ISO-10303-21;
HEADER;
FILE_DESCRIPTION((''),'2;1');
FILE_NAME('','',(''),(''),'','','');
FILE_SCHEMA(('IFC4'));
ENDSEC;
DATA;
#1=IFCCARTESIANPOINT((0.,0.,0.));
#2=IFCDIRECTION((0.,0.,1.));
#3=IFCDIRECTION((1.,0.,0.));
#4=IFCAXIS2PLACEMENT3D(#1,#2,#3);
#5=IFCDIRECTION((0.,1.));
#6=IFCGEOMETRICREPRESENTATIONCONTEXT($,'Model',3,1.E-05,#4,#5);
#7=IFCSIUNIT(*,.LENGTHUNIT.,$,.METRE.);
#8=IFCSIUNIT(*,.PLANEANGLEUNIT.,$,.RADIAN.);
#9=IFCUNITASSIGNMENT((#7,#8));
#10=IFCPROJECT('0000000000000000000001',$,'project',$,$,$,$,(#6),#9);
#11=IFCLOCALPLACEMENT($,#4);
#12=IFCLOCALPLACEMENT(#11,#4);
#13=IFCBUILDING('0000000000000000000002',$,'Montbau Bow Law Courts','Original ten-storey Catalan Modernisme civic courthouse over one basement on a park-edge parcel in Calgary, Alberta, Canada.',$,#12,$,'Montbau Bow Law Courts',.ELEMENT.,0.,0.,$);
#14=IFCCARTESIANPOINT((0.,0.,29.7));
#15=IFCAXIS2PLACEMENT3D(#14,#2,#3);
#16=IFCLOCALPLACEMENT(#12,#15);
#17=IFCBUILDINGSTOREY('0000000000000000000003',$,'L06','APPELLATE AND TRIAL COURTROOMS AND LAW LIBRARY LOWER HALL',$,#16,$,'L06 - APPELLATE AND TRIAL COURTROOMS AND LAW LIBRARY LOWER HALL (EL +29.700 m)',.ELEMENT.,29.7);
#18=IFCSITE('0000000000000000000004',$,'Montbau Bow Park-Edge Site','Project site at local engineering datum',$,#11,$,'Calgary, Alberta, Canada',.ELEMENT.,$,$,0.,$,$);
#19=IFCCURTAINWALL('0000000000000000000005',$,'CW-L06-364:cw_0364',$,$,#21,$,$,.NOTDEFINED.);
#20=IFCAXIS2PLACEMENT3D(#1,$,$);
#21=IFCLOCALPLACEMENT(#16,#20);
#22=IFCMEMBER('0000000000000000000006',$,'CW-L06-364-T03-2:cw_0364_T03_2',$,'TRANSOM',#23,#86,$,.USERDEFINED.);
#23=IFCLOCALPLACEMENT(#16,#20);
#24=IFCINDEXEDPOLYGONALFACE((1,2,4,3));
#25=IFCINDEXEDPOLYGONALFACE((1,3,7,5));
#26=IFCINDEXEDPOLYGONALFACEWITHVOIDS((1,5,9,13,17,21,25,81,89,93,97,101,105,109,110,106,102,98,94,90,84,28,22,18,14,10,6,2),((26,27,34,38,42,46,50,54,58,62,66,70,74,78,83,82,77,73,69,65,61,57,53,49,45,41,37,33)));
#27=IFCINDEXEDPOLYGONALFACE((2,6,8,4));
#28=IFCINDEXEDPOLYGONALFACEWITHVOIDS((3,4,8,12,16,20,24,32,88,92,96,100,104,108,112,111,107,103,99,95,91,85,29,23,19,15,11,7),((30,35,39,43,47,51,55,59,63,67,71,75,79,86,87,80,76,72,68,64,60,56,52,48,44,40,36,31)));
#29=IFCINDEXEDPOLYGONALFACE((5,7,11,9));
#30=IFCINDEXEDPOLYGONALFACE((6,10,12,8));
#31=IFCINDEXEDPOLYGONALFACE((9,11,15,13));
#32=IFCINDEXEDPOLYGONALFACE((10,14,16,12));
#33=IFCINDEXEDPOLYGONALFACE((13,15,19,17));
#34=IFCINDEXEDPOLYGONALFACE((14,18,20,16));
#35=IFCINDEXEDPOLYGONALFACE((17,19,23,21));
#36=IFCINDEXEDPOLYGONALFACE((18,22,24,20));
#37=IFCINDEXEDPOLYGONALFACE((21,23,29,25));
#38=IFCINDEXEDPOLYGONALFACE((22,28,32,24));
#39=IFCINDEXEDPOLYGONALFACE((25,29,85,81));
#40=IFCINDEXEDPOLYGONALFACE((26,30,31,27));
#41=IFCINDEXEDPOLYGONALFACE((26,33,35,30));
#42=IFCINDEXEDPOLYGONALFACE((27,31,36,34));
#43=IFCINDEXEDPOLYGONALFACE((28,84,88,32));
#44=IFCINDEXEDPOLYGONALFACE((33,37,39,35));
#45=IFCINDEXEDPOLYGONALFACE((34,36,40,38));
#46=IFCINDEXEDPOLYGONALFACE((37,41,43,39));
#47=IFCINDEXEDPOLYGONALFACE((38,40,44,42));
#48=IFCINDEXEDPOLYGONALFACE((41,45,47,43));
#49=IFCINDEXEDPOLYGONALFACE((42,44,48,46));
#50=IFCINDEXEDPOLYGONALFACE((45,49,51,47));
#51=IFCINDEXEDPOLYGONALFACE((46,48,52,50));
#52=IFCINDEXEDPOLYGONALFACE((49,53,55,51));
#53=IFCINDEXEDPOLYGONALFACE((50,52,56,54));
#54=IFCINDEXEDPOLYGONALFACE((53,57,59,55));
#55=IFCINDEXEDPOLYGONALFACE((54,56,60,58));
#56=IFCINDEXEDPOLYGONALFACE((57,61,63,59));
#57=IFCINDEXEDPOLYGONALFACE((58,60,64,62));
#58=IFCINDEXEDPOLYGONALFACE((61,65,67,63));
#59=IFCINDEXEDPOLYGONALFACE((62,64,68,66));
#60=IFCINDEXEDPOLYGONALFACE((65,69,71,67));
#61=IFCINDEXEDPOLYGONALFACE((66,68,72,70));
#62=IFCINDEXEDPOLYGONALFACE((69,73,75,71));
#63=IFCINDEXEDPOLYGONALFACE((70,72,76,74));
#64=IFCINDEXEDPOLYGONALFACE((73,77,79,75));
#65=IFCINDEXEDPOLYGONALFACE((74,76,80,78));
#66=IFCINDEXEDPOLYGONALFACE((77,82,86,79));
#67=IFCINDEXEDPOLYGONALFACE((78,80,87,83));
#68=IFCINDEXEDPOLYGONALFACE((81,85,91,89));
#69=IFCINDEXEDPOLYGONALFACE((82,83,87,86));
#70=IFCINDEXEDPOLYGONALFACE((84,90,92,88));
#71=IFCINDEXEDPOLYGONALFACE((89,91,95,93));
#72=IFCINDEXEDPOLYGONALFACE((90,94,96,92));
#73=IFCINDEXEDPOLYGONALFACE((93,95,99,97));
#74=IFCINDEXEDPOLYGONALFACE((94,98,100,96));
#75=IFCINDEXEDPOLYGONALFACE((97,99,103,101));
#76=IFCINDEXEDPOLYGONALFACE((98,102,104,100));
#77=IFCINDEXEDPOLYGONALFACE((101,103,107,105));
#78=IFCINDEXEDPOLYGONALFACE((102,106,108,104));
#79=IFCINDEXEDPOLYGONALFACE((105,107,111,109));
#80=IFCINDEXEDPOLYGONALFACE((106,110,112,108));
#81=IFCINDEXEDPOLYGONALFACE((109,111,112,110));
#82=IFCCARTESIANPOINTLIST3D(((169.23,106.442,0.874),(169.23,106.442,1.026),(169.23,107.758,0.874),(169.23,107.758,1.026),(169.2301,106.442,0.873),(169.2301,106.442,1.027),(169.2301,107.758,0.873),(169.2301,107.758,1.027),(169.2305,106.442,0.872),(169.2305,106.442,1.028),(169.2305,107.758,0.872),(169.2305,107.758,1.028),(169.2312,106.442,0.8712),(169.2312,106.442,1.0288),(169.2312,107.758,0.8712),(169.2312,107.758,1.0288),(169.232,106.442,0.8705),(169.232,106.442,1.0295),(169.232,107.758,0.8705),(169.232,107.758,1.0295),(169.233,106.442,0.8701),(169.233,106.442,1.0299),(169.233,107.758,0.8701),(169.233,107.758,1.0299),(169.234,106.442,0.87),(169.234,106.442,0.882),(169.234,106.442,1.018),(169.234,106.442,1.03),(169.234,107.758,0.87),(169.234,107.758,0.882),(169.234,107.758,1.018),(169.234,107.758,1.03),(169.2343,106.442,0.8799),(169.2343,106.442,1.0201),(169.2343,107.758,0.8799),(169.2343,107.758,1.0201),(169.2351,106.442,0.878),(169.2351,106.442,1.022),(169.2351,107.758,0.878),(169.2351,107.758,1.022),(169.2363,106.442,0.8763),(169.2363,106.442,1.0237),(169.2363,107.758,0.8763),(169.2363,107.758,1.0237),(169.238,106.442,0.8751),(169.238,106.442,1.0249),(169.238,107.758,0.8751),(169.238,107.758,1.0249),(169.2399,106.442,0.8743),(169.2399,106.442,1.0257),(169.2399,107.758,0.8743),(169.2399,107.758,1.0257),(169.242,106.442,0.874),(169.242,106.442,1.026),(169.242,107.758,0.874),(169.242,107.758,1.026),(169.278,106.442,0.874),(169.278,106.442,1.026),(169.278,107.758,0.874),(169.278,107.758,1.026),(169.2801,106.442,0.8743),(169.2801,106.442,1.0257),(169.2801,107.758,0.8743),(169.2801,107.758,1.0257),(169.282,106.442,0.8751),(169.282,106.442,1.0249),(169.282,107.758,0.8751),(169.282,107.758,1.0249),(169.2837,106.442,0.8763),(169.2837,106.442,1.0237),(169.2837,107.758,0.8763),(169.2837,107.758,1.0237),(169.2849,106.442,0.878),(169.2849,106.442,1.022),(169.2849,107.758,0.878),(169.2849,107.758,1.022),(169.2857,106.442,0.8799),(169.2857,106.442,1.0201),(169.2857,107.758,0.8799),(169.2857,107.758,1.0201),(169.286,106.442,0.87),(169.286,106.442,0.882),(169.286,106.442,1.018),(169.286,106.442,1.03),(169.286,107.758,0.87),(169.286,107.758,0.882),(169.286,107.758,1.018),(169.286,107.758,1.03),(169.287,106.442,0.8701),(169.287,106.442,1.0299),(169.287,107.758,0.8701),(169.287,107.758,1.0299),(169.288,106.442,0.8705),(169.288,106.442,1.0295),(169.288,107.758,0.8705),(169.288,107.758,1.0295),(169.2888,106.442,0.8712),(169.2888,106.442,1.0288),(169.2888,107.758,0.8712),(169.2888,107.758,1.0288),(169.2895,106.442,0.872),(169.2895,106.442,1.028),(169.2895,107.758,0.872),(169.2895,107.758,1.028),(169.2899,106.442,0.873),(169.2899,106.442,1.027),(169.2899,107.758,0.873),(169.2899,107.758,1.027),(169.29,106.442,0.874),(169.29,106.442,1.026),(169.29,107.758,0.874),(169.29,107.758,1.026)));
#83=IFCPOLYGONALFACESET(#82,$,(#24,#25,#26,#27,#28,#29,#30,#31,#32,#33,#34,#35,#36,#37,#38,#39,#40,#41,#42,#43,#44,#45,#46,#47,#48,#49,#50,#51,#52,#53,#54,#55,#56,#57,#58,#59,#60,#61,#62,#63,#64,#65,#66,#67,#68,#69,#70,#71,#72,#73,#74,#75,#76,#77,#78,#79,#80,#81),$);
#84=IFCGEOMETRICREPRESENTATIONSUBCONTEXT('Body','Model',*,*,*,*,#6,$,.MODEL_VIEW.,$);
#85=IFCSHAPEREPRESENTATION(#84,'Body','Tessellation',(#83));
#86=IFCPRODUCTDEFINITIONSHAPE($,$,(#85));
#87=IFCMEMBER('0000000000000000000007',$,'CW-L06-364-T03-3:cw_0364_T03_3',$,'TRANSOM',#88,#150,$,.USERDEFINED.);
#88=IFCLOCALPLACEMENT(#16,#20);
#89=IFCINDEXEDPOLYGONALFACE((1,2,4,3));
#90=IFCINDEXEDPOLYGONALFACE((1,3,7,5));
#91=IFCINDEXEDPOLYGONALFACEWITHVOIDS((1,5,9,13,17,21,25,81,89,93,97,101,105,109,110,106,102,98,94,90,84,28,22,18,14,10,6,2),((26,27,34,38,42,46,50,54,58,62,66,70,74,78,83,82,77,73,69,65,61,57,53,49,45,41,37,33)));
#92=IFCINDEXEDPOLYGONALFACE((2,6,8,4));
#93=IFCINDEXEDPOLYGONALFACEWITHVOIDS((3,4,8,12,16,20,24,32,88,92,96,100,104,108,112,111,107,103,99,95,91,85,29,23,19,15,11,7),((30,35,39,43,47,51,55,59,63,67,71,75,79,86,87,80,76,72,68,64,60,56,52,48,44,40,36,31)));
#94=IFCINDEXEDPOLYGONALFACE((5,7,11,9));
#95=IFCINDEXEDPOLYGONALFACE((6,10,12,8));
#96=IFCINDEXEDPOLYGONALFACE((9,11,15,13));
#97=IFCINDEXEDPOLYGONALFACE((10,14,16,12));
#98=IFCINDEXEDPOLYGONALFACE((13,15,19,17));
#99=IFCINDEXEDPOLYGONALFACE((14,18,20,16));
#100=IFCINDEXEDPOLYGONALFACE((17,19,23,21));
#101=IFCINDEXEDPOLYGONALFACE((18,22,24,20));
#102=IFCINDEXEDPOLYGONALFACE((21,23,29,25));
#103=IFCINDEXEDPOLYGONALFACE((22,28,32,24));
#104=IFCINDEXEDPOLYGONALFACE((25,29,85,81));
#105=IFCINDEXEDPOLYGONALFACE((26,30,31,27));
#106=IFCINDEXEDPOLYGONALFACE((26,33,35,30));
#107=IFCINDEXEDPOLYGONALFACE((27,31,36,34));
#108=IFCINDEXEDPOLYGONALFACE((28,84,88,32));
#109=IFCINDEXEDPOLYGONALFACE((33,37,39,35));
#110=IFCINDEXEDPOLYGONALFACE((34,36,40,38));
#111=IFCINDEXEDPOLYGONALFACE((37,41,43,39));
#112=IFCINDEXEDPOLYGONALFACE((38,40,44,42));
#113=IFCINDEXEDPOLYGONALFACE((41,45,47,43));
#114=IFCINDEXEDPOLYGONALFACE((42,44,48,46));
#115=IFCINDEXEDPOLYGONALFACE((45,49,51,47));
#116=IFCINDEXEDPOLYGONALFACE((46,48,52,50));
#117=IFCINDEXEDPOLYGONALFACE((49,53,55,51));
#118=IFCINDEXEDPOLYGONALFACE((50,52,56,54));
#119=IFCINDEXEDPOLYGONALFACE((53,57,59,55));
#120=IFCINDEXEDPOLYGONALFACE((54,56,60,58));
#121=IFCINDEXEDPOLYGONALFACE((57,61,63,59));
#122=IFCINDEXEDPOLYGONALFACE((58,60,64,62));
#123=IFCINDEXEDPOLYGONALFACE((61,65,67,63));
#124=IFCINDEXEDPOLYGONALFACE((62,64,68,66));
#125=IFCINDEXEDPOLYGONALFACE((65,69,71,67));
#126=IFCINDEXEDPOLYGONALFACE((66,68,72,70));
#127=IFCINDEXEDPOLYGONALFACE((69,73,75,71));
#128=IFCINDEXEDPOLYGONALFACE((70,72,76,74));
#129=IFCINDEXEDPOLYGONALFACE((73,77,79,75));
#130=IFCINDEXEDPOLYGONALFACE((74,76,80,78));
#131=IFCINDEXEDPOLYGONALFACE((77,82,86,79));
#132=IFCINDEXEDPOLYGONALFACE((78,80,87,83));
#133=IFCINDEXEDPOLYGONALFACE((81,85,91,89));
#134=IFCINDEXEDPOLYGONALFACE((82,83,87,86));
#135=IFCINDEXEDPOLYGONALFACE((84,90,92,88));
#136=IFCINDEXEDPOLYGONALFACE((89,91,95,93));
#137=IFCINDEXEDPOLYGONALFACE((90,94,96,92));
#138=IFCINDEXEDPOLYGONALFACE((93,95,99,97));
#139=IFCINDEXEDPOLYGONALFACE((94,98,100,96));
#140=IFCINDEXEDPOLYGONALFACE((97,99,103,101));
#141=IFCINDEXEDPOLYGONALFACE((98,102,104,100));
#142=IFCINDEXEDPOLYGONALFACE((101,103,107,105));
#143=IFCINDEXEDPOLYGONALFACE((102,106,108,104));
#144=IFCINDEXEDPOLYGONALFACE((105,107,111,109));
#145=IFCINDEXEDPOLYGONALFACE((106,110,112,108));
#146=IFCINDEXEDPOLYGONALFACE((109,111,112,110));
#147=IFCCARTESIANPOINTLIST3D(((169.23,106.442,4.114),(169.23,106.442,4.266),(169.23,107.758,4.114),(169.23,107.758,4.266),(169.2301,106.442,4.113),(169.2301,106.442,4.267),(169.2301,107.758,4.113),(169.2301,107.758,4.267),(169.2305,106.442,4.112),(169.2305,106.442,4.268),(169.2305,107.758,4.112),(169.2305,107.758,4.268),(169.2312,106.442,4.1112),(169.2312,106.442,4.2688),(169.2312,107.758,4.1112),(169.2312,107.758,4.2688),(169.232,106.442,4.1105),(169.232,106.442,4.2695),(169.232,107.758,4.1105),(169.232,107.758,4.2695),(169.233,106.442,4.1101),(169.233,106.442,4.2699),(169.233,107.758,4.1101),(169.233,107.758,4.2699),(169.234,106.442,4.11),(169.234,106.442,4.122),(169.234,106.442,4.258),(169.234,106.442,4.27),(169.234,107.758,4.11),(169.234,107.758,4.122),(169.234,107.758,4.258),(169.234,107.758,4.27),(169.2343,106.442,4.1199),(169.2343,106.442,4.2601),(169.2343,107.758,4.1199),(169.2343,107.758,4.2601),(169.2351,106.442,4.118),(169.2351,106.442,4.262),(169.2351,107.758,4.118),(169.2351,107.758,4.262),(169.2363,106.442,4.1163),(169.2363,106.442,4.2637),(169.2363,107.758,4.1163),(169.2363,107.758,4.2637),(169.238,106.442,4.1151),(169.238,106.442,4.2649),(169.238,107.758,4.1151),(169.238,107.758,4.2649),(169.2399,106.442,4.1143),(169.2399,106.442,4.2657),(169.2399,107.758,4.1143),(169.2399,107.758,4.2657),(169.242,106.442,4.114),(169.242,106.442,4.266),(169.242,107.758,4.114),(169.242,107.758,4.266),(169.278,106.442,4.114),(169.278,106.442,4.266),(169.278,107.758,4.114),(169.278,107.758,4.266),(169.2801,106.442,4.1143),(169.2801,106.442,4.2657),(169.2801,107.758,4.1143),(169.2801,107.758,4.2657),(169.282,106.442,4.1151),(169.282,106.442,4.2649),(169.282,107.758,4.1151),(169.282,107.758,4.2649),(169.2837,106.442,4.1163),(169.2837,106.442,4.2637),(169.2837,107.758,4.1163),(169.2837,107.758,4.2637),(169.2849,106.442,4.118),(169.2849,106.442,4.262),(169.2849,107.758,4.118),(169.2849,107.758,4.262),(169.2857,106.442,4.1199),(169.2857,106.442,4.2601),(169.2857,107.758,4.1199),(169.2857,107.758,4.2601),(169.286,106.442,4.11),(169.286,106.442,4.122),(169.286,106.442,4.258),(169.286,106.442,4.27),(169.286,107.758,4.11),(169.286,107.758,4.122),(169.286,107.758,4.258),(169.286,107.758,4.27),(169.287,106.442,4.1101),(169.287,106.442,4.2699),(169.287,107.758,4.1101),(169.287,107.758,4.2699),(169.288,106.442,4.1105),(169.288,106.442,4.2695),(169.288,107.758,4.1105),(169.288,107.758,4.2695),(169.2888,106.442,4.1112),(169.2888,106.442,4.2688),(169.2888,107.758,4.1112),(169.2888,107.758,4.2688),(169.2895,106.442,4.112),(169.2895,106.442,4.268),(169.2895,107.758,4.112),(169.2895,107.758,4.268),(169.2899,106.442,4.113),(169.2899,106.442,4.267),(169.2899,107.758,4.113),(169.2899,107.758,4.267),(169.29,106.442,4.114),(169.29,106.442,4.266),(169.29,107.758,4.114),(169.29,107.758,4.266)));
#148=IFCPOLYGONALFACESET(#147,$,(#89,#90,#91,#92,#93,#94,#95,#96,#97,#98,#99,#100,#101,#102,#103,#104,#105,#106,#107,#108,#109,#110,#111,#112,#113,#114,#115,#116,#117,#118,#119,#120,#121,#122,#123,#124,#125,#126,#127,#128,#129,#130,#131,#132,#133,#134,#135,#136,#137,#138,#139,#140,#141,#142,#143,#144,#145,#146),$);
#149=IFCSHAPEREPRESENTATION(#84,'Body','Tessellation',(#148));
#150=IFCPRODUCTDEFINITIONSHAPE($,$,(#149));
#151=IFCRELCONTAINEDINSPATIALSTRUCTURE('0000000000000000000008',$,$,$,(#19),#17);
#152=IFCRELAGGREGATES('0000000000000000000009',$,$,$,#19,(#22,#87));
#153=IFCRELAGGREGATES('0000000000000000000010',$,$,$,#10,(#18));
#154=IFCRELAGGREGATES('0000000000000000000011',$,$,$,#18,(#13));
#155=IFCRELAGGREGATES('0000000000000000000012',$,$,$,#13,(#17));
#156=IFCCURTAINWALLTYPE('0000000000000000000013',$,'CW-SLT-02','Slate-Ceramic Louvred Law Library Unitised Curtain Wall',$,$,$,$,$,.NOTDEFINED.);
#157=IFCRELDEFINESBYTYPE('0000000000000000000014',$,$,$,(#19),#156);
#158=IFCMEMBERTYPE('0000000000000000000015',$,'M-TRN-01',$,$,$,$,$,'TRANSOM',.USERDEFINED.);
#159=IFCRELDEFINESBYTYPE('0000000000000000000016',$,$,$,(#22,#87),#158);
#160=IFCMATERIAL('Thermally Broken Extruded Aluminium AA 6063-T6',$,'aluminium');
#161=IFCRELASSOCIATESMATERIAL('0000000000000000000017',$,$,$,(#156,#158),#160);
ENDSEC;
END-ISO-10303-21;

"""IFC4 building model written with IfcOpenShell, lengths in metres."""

from ifc_helpers import new_model, si_unit, direction, frame, origin_with_axes, origin_2d_with_axis, place, context, subcontext, project, spatial, hollow_rectangle, extrude, material, material_profile, profile_set, type_object, element, aggregate, save


model = new_model("IFC4")

# Units and contexts
model_context = context("Model", 3, precision=1e-05, world=origin_with_axes(), true_north=direction((0.0, 1.0)))
body_context = subcontext(model_context, "Body", "Model", "MODEL_VIEW")
ifc_project = project(units=[si_unit("LENGTHUNIT", "METRE"), si_unit("PLANEANGLEUNIT", "RADIAN")], contexts=[model_context])

# Site, building, storey
site_placement = place(None, origin_with_axes())
site = spatial("IfcSite", under=ifc_project, at=site_placement, Name="Montbau Bow Park-Edge Site", Description="Project site at local engineering datum", LongName="Calgary, Alberta, Canada", CompositionType="ELEMENT", RefElevation=0.0)
building_placement = place(site_placement, origin_with_axes())
building = spatial("IfcBuilding", under=site, at=building_placement, Name="Montbau Bow Law Courts", Description="Original ten-storey Catalan Modernisme civic courthouse over one basement on a park-edge parcel in Calgary, Alberta, Canada.", LongName="Montbau Bow Law Courts", CompositionType="ELEMENT", ElevationOfRefHeight=0.0, ElevationOfTerrain=0.0)
storey_placement = place(building_placement, frame((0.0, 0.0, 29.7), z_axis=(0.0, 0.0, 1.0), x_axis=(1.0, 0.0, 0.0)))
storey = spatial("IfcBuildingStorey", under=building, at=storey_placement, Name="L06", Description="APPELLATE AND TRIAL COURTROOMS AND LAW LIBRARY LOWER HALL", LongName="L06 - APPELLATE AND TRIAL COURTROOMS AND LAW LIBRARY LOWER HALL (EL +29.700 m)", CompositionType="ELEMENT", Elevation=29.7)

# Shared definitions
ifc_material_1 = material(Name="Thermally Broken Extruded Aluminium AA 6063-T6", Category="aluminium")
curtain_wall_type = type_object("IfcCurtainWallType", Name="CW-SLT-02", Description="Slate-Ceramic Louvred Law Library Unitised Curtain Wall", PredefinedType="NOTDEFINED", material=ifc_material_1)

# Curtain wall, members
curtain_wall_1_placement = place(None, frame((169.26, 103.64, 29.7), z_axis=(0.0, 0.0, 1.0), x_axis=(1.0, 0.0, 0.0)))
curtain_wall_1 = element("IfcCurtainWall", 1, at=curtain_wall_1_placement, inside=storey, type_object=curtain_wall_type, Name="CW-L06-364:cw_0364", PredefinedType="NOTDEFINED")
ifc_material_profile_1 = material_profile(ifc_material_1, hollow_rectangle(XDim=0.06, YDim=0.16, WallThickness=0.004, InnerFilletRadius=0.008, OuterFilletRadius=0.004, at=origin_2d_with_axis()), Name="CWT-160X60", Category="Main", Priority=0)
ifc_profile_set_1 = profile_set([ifc_material_profile_1], Name="Thermally Broken Extruded Aluminium AA 6063-T6")
member_type_1 = type_object("IfcMemberType", Name="M-TRN-01", ElementType="TRANSOM", PredefinedType="USERDEFINED", material=ifc_profile_set_1)
member_1_placement = place(None, frame((169.26, 106.442, 30.65), z_axis=(0.0, 1.0, 0.0), x_axis=(-1.0, 0.0, 0.0)))
member_1 = element("IfcMember", 2, at=member_1_placement, type_object=member_type_1, Name="CW-L06-364-T03-2:cw_0364_T03_2", ObjectType="TRANSOM", PredefinedType="USERDEFINED", context=body_context, shape_type="SweptSolid", body=[
    extrude(hollow_rectangle(XDim=0.06, YDim=0.16, WallThickness=0.004, InnerFilletRadius=0.008, OuterFilletRadius=0.004, at=origin_2d_with_axis()), origin_with_axes(), (0.0, 0.0, 1.0), 1.316),
])
member_2_placement = place(None, frame((169.26, 106.442, 33.89), z_axis=(0.0, 1.0, 0.0), x_axis=(-1.0, 0.0, 0.0)))
member_2 = element("IfcMember", 3, at=member_2_placement, type_object=member_type_1, Name="CW-L06-364-T03-3:cw_0364_T03_3", ObjectType="TRANSOM", PredefinedType="USERDEFINED", context=body_context, shape_type="SweptSolid", body=[
    extrude(hollow_rectangle(XDim=0.06, YDim=0.16, WallThickness=0.004, InnerFilletRadius=0.008, OuterFilletRadius=0.004, at=origin_2d_with_axis()), origin_with_axes(), (0.0, 0.0, 1.0), 1.316),
])

aggregate(curtain_wall_1, [member_1, member_2])

save(model, "model.ifc")
